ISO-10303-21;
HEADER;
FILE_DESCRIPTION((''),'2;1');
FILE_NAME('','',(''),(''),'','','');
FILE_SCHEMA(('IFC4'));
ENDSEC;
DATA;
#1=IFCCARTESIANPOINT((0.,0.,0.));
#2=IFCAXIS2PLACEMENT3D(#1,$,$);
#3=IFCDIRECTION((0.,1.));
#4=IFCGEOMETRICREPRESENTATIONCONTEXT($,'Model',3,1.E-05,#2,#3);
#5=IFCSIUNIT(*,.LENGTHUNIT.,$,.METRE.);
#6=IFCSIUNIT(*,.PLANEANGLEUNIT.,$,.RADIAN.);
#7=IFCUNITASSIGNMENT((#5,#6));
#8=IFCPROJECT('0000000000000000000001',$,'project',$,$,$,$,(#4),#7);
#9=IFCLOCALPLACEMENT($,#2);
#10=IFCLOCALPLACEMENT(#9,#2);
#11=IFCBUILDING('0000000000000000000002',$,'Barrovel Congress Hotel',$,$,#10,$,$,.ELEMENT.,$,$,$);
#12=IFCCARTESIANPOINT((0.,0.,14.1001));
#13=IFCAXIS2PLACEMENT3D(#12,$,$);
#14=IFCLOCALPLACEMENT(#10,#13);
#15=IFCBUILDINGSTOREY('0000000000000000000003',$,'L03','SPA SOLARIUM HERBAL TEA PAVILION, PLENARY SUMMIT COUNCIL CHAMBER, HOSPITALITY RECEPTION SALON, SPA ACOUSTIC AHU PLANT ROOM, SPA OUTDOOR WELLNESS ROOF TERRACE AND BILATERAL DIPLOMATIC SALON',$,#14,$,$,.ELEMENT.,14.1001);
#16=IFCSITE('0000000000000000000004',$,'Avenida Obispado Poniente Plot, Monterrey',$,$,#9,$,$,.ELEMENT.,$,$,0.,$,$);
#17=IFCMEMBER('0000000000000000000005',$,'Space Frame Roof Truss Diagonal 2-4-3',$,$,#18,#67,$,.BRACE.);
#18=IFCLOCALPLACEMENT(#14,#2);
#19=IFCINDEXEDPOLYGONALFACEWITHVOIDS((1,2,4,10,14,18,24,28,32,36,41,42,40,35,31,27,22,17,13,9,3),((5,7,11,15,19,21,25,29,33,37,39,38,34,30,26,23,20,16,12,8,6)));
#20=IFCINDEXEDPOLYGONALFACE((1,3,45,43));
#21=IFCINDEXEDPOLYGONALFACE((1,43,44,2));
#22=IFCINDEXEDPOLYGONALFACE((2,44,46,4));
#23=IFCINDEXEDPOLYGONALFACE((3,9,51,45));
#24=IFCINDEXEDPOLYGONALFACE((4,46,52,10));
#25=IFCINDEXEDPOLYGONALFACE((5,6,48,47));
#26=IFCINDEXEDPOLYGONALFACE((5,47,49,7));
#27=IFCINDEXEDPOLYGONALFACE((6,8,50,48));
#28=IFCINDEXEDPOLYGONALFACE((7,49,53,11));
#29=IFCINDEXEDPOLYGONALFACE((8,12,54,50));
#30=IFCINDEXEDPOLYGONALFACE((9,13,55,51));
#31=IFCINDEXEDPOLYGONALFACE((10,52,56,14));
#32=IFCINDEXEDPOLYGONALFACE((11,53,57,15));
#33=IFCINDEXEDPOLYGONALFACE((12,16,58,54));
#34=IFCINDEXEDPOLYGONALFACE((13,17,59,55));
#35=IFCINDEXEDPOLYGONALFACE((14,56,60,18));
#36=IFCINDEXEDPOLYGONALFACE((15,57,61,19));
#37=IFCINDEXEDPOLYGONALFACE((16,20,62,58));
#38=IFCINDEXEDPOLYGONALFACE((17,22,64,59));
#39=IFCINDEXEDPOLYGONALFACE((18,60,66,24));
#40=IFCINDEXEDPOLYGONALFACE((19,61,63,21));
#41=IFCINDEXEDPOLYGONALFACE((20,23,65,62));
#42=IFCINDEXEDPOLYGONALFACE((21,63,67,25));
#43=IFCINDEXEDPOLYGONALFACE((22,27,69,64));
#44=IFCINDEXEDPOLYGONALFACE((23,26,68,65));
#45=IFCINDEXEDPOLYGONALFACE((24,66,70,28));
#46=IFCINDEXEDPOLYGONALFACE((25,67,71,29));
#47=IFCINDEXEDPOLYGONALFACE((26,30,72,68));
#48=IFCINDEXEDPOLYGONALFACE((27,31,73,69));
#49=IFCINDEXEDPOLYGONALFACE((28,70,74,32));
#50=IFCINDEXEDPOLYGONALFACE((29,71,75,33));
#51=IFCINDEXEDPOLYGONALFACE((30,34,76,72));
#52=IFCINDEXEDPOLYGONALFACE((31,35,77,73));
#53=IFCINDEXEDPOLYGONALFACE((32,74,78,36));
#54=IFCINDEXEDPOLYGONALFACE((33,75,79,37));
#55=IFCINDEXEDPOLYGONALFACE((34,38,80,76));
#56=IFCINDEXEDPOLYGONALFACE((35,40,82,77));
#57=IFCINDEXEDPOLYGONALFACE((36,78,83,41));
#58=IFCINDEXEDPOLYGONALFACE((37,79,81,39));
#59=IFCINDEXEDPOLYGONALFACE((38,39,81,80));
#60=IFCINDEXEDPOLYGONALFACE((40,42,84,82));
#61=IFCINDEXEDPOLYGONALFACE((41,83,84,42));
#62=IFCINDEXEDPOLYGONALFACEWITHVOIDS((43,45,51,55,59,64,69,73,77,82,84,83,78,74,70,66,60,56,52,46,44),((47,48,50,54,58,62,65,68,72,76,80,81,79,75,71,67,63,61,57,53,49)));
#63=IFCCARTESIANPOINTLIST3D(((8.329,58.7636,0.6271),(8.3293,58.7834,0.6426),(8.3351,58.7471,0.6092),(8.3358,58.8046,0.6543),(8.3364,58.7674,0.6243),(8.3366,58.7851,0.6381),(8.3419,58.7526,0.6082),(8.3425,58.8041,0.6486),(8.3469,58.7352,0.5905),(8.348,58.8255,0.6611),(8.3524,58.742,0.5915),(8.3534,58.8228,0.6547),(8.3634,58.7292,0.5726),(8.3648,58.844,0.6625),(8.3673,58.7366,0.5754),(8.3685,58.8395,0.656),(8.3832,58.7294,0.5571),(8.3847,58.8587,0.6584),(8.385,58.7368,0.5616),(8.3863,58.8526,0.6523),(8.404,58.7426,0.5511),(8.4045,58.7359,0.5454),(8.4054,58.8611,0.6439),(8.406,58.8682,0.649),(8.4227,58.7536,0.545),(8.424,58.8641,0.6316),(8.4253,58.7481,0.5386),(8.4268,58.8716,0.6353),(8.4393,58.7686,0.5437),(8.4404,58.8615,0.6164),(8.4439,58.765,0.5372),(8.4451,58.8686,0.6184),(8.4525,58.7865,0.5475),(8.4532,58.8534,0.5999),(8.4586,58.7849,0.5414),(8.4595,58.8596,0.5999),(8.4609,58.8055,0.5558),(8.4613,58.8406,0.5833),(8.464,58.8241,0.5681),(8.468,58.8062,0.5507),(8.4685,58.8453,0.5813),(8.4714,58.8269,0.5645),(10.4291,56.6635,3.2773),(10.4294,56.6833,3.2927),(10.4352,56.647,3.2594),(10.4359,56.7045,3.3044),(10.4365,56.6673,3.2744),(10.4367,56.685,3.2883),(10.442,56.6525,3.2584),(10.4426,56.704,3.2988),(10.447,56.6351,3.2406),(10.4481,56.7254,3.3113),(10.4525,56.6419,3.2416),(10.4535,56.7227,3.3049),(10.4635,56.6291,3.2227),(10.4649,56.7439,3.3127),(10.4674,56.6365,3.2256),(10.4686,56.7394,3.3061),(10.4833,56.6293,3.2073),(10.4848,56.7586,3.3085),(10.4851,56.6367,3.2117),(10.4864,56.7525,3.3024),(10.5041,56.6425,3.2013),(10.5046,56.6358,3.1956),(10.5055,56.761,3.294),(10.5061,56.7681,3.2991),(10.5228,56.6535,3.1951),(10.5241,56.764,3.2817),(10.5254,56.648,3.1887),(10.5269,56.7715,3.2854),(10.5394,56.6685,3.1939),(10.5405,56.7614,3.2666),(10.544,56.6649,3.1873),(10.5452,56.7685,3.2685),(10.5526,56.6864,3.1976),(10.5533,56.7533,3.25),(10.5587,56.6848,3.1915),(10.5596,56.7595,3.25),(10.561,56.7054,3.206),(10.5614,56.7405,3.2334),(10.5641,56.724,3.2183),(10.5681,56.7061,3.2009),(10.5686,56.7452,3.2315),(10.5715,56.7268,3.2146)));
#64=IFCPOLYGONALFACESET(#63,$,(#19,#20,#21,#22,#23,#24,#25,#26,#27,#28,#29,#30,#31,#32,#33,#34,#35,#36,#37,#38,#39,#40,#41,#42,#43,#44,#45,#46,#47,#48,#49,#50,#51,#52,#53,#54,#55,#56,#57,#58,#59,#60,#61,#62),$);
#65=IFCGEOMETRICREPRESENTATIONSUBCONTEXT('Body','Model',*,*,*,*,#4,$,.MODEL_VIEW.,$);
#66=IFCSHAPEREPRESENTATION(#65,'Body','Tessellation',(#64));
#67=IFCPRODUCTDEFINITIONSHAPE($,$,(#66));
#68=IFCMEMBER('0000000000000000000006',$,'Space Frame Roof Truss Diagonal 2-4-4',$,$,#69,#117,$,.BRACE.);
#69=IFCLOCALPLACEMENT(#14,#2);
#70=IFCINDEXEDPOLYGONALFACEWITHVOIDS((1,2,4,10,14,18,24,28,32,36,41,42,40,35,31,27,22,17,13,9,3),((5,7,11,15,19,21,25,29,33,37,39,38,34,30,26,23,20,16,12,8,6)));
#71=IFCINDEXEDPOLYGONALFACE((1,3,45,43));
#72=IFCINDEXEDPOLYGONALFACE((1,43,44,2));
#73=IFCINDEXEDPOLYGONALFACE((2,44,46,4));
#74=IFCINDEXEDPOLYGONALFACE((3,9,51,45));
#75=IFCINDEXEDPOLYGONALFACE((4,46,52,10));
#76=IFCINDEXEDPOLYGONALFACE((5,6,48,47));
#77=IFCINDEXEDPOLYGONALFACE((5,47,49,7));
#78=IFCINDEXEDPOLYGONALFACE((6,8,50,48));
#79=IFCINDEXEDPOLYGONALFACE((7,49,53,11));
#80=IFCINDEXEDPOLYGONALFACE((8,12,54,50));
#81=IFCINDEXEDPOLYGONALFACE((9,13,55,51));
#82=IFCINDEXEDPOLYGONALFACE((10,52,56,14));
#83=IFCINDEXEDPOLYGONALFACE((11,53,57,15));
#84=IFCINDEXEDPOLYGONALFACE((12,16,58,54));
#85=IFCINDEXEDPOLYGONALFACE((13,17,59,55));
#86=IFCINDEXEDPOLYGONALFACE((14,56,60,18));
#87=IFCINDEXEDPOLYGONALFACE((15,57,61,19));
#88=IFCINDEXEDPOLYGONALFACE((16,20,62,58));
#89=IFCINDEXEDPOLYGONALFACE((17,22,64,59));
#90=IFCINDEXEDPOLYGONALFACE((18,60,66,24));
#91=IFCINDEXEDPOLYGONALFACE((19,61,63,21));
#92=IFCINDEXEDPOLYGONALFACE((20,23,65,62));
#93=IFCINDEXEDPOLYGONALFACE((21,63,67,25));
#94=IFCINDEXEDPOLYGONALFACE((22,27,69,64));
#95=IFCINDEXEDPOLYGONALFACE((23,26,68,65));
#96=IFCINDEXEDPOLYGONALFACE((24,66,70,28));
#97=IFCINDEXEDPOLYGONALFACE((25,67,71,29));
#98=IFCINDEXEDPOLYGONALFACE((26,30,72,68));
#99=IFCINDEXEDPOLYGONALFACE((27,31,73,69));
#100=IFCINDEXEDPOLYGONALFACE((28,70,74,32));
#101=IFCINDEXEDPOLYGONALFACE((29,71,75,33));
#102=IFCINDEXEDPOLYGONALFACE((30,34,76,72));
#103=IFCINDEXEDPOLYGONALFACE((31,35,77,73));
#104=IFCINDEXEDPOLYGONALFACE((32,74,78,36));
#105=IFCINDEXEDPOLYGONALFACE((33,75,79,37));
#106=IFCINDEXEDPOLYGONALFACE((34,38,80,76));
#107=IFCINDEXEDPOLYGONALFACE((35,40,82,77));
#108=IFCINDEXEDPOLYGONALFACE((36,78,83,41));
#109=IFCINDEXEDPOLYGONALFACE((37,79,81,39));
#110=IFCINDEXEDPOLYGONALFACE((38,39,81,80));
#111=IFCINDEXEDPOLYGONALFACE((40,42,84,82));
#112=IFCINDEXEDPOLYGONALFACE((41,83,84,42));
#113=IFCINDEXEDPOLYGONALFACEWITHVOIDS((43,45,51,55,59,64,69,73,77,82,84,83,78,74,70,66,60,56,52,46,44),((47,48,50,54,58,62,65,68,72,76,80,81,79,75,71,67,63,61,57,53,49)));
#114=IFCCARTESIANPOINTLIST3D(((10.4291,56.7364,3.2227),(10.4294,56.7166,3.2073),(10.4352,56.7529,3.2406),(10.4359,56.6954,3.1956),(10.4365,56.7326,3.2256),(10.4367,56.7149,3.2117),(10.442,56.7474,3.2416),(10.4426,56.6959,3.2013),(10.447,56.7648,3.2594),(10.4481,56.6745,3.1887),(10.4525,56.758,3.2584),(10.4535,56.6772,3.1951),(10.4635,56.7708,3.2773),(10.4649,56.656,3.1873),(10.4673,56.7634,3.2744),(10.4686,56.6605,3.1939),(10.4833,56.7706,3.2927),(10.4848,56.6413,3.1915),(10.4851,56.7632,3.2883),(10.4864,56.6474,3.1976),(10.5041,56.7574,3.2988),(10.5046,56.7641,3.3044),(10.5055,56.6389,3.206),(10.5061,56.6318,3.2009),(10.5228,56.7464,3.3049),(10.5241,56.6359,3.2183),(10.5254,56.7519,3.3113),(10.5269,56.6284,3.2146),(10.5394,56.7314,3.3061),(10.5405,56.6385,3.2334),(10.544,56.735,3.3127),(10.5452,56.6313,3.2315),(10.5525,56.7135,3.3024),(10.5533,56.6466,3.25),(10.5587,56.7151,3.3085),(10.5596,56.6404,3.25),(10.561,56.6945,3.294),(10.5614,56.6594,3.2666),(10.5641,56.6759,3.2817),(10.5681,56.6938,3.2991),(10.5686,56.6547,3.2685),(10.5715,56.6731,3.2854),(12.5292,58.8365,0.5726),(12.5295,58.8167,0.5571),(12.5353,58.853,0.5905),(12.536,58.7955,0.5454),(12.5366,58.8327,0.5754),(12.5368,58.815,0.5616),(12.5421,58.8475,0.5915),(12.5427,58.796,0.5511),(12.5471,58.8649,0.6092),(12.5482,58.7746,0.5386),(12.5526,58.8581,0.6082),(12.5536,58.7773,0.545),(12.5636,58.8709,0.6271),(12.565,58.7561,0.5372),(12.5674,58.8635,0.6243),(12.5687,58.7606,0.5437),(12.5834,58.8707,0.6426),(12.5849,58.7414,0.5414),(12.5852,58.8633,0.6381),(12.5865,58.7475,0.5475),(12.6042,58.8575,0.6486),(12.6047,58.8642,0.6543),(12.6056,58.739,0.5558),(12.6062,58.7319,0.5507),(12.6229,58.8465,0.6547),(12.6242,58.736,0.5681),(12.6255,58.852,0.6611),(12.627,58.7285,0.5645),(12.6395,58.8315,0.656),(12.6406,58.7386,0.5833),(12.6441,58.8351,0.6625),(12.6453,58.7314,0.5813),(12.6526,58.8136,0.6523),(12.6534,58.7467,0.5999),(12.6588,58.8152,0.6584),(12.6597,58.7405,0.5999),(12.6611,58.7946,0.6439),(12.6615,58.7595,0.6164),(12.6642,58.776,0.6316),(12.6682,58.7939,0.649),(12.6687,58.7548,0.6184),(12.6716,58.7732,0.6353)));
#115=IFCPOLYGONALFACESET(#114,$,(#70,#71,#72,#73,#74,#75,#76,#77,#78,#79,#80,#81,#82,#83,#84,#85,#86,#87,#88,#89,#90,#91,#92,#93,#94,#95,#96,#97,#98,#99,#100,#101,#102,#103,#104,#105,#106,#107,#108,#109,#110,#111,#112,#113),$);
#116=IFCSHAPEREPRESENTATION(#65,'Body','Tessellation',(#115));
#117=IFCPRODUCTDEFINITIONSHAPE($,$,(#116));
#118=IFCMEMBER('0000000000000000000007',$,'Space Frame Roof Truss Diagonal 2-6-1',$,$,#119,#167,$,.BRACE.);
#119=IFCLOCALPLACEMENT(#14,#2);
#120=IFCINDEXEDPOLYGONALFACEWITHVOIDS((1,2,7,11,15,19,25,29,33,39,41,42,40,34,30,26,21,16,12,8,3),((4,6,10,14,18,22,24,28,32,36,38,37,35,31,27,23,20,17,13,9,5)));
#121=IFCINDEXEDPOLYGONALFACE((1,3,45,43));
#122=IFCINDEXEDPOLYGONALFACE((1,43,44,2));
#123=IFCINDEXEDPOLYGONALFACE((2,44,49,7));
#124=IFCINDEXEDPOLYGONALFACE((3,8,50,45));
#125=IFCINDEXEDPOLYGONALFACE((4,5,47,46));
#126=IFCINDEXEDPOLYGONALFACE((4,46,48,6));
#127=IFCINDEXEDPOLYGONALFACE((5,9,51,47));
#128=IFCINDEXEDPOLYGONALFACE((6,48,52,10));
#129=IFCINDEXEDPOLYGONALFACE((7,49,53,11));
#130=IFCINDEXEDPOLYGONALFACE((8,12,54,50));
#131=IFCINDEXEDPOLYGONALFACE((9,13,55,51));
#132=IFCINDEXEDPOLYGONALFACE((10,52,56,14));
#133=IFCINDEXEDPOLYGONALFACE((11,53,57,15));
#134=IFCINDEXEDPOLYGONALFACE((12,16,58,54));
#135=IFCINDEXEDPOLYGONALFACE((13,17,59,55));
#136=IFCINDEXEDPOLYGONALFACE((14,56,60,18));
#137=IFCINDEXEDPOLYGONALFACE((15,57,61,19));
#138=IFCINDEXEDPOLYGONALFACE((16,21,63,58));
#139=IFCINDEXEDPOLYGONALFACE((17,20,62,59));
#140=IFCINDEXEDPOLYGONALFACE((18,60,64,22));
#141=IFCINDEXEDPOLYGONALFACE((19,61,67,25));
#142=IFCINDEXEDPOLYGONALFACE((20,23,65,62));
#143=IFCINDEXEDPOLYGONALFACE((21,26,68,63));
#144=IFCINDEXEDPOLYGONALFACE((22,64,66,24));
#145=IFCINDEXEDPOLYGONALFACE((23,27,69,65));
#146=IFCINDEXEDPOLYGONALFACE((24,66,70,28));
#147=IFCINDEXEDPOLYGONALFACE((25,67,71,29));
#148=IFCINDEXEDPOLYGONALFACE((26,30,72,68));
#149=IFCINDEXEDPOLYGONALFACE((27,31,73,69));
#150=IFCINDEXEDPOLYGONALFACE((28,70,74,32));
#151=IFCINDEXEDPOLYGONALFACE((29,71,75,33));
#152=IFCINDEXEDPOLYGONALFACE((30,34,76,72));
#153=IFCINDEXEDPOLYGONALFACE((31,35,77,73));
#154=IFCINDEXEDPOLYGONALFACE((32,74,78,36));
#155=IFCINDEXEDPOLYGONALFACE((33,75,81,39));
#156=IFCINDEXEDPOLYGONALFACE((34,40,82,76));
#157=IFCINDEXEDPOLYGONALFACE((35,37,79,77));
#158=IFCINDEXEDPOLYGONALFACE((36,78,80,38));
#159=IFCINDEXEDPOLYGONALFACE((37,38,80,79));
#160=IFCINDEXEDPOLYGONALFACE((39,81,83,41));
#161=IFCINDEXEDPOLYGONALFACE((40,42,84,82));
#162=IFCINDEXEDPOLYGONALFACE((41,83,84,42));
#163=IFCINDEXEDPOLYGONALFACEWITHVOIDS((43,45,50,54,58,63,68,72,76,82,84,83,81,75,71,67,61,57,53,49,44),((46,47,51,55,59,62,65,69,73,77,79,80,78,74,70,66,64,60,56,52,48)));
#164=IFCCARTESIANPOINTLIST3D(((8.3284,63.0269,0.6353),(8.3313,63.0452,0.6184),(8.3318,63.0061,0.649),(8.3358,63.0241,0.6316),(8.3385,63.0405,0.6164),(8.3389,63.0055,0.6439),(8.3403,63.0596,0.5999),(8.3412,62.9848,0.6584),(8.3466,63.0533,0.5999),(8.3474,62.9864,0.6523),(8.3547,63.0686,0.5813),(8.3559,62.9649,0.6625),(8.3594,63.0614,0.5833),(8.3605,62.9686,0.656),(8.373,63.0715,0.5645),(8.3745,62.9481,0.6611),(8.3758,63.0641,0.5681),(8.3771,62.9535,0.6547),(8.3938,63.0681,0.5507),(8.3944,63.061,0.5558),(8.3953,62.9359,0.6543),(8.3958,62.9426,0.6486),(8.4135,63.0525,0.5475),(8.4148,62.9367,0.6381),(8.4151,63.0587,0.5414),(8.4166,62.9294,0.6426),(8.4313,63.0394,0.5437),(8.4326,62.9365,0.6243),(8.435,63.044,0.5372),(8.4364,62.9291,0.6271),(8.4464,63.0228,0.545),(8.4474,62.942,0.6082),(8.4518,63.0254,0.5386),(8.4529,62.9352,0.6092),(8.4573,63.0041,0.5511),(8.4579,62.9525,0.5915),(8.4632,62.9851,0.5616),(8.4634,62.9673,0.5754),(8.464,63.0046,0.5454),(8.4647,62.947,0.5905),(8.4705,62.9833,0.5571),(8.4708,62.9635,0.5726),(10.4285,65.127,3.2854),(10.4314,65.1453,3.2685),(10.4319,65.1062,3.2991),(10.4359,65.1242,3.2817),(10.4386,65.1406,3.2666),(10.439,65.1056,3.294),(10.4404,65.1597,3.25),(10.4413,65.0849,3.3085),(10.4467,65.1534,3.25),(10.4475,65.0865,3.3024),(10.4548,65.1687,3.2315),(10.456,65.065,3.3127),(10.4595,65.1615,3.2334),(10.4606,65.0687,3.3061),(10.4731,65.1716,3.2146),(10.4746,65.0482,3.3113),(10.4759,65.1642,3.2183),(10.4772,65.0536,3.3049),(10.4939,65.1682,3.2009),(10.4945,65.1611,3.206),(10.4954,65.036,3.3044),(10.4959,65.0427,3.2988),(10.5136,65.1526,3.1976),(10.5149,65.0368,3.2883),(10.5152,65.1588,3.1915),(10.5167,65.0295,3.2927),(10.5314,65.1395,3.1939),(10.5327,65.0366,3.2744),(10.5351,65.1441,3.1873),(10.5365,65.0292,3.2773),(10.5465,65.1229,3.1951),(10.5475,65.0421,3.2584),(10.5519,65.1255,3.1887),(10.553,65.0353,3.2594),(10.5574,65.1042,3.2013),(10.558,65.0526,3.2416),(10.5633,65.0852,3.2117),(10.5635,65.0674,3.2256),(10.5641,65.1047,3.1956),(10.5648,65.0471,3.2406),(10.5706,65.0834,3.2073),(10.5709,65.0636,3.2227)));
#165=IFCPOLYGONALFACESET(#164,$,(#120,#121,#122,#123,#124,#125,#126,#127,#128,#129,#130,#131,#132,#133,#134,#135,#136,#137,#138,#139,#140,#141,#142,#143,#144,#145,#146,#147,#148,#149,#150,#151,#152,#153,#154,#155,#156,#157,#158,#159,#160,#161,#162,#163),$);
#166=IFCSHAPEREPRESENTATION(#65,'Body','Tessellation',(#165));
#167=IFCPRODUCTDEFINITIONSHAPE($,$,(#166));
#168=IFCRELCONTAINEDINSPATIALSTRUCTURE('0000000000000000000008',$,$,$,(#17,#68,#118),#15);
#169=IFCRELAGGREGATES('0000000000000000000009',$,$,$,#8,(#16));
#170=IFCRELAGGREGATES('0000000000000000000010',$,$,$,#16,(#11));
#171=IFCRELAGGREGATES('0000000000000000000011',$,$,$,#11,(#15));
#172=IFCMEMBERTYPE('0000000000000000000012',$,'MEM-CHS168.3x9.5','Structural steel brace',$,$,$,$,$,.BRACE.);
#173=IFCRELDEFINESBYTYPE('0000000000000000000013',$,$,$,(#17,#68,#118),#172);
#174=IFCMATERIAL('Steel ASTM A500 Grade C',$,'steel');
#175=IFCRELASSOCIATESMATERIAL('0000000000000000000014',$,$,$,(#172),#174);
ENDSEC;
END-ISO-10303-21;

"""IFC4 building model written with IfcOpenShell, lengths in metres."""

from ifc_helpers import new_model, si_unit, direction, frame, origin, origin_2d, place, context, subcontext, project, spatial, hollow_circle, extrude, material, material_profile, profile_set, type_object, element, save


model = new_model("IFC4")

# Units and contexts
model_context = context("Model", 3, precision=1e-05, world=origin(), true_north=direction((0.0, 1.0)))
body_context = subcontext(model_context, "Body", "Model", "MODEL_VIEW")
ifc_project = project(units=[si_unit("LENGTHUNIT", "METRE"), si_unit("PLANEANGLEUNIT", "RADIAN")], contexts=[model_context])

# Site, building, storey
site_placement = place(None, origin())
site = spatial("IfcSite", under=ifc_project, at=site_placement, Name="Avenida Obispado Poniente Plot, Monterrey", CompositionType="ELEMENT", RefElevation=0.0)
building_placement = place(site_placement, origin())
building = spatial("IfcBuilding", under=site, at=building_placement, Name="Barrovel Congress Hotel", CompositionType="ELEMENT")
storey_placement = place(building_placement, frame((0.0, 0.0, 14.1001)))
storey = spatial("IfcBuildingStorey", under=building, at=storey_placement, Name="L03", Description="SPA SOLARIUM HERBAL TEA PAVILION, PLENARY SUMMIT COUNCIL CHAMBER, HOSPITALITY RECEPTION SALON, SPA ACOUSTIC AHU PLANT ROOM, SPA OUTDOOR WELLNESS ROOF TERRACE AND BILATERAL DIPLOMATIC SALON", CompositionType="ELEMENT", Elevation=14.1001)

# Members
ifc_material_1 = material(Name="Steel ASTM A500 Grade C", Category="steel")
ifc_material_profile_1 = material_profile(ifc_material_1, hollow_circle(Radius=0.0842, WallThickness=0.0088, at=origin_2d()), Name="CHS168.3x9.5")
ifc_profile_set_1 = profile_set([ifc_material_profile_1], Name="Steel ASTM A500 Grade C")
member_type_1 = type_object("IfcMemberType", Name="MEM-CHS168.3x9.5", Description="Structural steel brace", PredefinedType="BRACE", material=ifc_profile_set_1)
for number, where, z_axis, x_axis, name in (
    (1, (8.3999, 58.8, 0.5999), (0.527601, -0.527601, 0.665788), (0.707107, 0.707107, 0.0), "Space Frame Roof Truss Diagonal 2-4-3"),
    (2, (12.6001, 58.8, 0.5999), (-0.527601, -0.527601, 0.665788), (0.707107, -0.707107, 0.0), "Space Frame Roof Truss Diagonal 2-4-4"),
    (3, (8.3999, 63.0, 0.5999), (0.527601, 0.527601, 0.665788), (-0.707107, 0.707107, 0.0), "Space Frame Roof Truss Diagonal 2-6-1"),
):
    element("IfcMember", number, at=place(storey_placement, frame(where, z_axis=z_axis, x_axis=x_axis)), inside=storey, type_object=member_type_1, Name=name, PredefinedType="BRACE", context=body_context, shape_type="SweptSolid", body=[
        extrude(hollow_circle(Radius=0.0842, WallThickness=0.0088, at=origin_2d()), origin(), (0.0, 0.0, 1.0), 3.9805),
    ])

save(model, "model.ifc")
